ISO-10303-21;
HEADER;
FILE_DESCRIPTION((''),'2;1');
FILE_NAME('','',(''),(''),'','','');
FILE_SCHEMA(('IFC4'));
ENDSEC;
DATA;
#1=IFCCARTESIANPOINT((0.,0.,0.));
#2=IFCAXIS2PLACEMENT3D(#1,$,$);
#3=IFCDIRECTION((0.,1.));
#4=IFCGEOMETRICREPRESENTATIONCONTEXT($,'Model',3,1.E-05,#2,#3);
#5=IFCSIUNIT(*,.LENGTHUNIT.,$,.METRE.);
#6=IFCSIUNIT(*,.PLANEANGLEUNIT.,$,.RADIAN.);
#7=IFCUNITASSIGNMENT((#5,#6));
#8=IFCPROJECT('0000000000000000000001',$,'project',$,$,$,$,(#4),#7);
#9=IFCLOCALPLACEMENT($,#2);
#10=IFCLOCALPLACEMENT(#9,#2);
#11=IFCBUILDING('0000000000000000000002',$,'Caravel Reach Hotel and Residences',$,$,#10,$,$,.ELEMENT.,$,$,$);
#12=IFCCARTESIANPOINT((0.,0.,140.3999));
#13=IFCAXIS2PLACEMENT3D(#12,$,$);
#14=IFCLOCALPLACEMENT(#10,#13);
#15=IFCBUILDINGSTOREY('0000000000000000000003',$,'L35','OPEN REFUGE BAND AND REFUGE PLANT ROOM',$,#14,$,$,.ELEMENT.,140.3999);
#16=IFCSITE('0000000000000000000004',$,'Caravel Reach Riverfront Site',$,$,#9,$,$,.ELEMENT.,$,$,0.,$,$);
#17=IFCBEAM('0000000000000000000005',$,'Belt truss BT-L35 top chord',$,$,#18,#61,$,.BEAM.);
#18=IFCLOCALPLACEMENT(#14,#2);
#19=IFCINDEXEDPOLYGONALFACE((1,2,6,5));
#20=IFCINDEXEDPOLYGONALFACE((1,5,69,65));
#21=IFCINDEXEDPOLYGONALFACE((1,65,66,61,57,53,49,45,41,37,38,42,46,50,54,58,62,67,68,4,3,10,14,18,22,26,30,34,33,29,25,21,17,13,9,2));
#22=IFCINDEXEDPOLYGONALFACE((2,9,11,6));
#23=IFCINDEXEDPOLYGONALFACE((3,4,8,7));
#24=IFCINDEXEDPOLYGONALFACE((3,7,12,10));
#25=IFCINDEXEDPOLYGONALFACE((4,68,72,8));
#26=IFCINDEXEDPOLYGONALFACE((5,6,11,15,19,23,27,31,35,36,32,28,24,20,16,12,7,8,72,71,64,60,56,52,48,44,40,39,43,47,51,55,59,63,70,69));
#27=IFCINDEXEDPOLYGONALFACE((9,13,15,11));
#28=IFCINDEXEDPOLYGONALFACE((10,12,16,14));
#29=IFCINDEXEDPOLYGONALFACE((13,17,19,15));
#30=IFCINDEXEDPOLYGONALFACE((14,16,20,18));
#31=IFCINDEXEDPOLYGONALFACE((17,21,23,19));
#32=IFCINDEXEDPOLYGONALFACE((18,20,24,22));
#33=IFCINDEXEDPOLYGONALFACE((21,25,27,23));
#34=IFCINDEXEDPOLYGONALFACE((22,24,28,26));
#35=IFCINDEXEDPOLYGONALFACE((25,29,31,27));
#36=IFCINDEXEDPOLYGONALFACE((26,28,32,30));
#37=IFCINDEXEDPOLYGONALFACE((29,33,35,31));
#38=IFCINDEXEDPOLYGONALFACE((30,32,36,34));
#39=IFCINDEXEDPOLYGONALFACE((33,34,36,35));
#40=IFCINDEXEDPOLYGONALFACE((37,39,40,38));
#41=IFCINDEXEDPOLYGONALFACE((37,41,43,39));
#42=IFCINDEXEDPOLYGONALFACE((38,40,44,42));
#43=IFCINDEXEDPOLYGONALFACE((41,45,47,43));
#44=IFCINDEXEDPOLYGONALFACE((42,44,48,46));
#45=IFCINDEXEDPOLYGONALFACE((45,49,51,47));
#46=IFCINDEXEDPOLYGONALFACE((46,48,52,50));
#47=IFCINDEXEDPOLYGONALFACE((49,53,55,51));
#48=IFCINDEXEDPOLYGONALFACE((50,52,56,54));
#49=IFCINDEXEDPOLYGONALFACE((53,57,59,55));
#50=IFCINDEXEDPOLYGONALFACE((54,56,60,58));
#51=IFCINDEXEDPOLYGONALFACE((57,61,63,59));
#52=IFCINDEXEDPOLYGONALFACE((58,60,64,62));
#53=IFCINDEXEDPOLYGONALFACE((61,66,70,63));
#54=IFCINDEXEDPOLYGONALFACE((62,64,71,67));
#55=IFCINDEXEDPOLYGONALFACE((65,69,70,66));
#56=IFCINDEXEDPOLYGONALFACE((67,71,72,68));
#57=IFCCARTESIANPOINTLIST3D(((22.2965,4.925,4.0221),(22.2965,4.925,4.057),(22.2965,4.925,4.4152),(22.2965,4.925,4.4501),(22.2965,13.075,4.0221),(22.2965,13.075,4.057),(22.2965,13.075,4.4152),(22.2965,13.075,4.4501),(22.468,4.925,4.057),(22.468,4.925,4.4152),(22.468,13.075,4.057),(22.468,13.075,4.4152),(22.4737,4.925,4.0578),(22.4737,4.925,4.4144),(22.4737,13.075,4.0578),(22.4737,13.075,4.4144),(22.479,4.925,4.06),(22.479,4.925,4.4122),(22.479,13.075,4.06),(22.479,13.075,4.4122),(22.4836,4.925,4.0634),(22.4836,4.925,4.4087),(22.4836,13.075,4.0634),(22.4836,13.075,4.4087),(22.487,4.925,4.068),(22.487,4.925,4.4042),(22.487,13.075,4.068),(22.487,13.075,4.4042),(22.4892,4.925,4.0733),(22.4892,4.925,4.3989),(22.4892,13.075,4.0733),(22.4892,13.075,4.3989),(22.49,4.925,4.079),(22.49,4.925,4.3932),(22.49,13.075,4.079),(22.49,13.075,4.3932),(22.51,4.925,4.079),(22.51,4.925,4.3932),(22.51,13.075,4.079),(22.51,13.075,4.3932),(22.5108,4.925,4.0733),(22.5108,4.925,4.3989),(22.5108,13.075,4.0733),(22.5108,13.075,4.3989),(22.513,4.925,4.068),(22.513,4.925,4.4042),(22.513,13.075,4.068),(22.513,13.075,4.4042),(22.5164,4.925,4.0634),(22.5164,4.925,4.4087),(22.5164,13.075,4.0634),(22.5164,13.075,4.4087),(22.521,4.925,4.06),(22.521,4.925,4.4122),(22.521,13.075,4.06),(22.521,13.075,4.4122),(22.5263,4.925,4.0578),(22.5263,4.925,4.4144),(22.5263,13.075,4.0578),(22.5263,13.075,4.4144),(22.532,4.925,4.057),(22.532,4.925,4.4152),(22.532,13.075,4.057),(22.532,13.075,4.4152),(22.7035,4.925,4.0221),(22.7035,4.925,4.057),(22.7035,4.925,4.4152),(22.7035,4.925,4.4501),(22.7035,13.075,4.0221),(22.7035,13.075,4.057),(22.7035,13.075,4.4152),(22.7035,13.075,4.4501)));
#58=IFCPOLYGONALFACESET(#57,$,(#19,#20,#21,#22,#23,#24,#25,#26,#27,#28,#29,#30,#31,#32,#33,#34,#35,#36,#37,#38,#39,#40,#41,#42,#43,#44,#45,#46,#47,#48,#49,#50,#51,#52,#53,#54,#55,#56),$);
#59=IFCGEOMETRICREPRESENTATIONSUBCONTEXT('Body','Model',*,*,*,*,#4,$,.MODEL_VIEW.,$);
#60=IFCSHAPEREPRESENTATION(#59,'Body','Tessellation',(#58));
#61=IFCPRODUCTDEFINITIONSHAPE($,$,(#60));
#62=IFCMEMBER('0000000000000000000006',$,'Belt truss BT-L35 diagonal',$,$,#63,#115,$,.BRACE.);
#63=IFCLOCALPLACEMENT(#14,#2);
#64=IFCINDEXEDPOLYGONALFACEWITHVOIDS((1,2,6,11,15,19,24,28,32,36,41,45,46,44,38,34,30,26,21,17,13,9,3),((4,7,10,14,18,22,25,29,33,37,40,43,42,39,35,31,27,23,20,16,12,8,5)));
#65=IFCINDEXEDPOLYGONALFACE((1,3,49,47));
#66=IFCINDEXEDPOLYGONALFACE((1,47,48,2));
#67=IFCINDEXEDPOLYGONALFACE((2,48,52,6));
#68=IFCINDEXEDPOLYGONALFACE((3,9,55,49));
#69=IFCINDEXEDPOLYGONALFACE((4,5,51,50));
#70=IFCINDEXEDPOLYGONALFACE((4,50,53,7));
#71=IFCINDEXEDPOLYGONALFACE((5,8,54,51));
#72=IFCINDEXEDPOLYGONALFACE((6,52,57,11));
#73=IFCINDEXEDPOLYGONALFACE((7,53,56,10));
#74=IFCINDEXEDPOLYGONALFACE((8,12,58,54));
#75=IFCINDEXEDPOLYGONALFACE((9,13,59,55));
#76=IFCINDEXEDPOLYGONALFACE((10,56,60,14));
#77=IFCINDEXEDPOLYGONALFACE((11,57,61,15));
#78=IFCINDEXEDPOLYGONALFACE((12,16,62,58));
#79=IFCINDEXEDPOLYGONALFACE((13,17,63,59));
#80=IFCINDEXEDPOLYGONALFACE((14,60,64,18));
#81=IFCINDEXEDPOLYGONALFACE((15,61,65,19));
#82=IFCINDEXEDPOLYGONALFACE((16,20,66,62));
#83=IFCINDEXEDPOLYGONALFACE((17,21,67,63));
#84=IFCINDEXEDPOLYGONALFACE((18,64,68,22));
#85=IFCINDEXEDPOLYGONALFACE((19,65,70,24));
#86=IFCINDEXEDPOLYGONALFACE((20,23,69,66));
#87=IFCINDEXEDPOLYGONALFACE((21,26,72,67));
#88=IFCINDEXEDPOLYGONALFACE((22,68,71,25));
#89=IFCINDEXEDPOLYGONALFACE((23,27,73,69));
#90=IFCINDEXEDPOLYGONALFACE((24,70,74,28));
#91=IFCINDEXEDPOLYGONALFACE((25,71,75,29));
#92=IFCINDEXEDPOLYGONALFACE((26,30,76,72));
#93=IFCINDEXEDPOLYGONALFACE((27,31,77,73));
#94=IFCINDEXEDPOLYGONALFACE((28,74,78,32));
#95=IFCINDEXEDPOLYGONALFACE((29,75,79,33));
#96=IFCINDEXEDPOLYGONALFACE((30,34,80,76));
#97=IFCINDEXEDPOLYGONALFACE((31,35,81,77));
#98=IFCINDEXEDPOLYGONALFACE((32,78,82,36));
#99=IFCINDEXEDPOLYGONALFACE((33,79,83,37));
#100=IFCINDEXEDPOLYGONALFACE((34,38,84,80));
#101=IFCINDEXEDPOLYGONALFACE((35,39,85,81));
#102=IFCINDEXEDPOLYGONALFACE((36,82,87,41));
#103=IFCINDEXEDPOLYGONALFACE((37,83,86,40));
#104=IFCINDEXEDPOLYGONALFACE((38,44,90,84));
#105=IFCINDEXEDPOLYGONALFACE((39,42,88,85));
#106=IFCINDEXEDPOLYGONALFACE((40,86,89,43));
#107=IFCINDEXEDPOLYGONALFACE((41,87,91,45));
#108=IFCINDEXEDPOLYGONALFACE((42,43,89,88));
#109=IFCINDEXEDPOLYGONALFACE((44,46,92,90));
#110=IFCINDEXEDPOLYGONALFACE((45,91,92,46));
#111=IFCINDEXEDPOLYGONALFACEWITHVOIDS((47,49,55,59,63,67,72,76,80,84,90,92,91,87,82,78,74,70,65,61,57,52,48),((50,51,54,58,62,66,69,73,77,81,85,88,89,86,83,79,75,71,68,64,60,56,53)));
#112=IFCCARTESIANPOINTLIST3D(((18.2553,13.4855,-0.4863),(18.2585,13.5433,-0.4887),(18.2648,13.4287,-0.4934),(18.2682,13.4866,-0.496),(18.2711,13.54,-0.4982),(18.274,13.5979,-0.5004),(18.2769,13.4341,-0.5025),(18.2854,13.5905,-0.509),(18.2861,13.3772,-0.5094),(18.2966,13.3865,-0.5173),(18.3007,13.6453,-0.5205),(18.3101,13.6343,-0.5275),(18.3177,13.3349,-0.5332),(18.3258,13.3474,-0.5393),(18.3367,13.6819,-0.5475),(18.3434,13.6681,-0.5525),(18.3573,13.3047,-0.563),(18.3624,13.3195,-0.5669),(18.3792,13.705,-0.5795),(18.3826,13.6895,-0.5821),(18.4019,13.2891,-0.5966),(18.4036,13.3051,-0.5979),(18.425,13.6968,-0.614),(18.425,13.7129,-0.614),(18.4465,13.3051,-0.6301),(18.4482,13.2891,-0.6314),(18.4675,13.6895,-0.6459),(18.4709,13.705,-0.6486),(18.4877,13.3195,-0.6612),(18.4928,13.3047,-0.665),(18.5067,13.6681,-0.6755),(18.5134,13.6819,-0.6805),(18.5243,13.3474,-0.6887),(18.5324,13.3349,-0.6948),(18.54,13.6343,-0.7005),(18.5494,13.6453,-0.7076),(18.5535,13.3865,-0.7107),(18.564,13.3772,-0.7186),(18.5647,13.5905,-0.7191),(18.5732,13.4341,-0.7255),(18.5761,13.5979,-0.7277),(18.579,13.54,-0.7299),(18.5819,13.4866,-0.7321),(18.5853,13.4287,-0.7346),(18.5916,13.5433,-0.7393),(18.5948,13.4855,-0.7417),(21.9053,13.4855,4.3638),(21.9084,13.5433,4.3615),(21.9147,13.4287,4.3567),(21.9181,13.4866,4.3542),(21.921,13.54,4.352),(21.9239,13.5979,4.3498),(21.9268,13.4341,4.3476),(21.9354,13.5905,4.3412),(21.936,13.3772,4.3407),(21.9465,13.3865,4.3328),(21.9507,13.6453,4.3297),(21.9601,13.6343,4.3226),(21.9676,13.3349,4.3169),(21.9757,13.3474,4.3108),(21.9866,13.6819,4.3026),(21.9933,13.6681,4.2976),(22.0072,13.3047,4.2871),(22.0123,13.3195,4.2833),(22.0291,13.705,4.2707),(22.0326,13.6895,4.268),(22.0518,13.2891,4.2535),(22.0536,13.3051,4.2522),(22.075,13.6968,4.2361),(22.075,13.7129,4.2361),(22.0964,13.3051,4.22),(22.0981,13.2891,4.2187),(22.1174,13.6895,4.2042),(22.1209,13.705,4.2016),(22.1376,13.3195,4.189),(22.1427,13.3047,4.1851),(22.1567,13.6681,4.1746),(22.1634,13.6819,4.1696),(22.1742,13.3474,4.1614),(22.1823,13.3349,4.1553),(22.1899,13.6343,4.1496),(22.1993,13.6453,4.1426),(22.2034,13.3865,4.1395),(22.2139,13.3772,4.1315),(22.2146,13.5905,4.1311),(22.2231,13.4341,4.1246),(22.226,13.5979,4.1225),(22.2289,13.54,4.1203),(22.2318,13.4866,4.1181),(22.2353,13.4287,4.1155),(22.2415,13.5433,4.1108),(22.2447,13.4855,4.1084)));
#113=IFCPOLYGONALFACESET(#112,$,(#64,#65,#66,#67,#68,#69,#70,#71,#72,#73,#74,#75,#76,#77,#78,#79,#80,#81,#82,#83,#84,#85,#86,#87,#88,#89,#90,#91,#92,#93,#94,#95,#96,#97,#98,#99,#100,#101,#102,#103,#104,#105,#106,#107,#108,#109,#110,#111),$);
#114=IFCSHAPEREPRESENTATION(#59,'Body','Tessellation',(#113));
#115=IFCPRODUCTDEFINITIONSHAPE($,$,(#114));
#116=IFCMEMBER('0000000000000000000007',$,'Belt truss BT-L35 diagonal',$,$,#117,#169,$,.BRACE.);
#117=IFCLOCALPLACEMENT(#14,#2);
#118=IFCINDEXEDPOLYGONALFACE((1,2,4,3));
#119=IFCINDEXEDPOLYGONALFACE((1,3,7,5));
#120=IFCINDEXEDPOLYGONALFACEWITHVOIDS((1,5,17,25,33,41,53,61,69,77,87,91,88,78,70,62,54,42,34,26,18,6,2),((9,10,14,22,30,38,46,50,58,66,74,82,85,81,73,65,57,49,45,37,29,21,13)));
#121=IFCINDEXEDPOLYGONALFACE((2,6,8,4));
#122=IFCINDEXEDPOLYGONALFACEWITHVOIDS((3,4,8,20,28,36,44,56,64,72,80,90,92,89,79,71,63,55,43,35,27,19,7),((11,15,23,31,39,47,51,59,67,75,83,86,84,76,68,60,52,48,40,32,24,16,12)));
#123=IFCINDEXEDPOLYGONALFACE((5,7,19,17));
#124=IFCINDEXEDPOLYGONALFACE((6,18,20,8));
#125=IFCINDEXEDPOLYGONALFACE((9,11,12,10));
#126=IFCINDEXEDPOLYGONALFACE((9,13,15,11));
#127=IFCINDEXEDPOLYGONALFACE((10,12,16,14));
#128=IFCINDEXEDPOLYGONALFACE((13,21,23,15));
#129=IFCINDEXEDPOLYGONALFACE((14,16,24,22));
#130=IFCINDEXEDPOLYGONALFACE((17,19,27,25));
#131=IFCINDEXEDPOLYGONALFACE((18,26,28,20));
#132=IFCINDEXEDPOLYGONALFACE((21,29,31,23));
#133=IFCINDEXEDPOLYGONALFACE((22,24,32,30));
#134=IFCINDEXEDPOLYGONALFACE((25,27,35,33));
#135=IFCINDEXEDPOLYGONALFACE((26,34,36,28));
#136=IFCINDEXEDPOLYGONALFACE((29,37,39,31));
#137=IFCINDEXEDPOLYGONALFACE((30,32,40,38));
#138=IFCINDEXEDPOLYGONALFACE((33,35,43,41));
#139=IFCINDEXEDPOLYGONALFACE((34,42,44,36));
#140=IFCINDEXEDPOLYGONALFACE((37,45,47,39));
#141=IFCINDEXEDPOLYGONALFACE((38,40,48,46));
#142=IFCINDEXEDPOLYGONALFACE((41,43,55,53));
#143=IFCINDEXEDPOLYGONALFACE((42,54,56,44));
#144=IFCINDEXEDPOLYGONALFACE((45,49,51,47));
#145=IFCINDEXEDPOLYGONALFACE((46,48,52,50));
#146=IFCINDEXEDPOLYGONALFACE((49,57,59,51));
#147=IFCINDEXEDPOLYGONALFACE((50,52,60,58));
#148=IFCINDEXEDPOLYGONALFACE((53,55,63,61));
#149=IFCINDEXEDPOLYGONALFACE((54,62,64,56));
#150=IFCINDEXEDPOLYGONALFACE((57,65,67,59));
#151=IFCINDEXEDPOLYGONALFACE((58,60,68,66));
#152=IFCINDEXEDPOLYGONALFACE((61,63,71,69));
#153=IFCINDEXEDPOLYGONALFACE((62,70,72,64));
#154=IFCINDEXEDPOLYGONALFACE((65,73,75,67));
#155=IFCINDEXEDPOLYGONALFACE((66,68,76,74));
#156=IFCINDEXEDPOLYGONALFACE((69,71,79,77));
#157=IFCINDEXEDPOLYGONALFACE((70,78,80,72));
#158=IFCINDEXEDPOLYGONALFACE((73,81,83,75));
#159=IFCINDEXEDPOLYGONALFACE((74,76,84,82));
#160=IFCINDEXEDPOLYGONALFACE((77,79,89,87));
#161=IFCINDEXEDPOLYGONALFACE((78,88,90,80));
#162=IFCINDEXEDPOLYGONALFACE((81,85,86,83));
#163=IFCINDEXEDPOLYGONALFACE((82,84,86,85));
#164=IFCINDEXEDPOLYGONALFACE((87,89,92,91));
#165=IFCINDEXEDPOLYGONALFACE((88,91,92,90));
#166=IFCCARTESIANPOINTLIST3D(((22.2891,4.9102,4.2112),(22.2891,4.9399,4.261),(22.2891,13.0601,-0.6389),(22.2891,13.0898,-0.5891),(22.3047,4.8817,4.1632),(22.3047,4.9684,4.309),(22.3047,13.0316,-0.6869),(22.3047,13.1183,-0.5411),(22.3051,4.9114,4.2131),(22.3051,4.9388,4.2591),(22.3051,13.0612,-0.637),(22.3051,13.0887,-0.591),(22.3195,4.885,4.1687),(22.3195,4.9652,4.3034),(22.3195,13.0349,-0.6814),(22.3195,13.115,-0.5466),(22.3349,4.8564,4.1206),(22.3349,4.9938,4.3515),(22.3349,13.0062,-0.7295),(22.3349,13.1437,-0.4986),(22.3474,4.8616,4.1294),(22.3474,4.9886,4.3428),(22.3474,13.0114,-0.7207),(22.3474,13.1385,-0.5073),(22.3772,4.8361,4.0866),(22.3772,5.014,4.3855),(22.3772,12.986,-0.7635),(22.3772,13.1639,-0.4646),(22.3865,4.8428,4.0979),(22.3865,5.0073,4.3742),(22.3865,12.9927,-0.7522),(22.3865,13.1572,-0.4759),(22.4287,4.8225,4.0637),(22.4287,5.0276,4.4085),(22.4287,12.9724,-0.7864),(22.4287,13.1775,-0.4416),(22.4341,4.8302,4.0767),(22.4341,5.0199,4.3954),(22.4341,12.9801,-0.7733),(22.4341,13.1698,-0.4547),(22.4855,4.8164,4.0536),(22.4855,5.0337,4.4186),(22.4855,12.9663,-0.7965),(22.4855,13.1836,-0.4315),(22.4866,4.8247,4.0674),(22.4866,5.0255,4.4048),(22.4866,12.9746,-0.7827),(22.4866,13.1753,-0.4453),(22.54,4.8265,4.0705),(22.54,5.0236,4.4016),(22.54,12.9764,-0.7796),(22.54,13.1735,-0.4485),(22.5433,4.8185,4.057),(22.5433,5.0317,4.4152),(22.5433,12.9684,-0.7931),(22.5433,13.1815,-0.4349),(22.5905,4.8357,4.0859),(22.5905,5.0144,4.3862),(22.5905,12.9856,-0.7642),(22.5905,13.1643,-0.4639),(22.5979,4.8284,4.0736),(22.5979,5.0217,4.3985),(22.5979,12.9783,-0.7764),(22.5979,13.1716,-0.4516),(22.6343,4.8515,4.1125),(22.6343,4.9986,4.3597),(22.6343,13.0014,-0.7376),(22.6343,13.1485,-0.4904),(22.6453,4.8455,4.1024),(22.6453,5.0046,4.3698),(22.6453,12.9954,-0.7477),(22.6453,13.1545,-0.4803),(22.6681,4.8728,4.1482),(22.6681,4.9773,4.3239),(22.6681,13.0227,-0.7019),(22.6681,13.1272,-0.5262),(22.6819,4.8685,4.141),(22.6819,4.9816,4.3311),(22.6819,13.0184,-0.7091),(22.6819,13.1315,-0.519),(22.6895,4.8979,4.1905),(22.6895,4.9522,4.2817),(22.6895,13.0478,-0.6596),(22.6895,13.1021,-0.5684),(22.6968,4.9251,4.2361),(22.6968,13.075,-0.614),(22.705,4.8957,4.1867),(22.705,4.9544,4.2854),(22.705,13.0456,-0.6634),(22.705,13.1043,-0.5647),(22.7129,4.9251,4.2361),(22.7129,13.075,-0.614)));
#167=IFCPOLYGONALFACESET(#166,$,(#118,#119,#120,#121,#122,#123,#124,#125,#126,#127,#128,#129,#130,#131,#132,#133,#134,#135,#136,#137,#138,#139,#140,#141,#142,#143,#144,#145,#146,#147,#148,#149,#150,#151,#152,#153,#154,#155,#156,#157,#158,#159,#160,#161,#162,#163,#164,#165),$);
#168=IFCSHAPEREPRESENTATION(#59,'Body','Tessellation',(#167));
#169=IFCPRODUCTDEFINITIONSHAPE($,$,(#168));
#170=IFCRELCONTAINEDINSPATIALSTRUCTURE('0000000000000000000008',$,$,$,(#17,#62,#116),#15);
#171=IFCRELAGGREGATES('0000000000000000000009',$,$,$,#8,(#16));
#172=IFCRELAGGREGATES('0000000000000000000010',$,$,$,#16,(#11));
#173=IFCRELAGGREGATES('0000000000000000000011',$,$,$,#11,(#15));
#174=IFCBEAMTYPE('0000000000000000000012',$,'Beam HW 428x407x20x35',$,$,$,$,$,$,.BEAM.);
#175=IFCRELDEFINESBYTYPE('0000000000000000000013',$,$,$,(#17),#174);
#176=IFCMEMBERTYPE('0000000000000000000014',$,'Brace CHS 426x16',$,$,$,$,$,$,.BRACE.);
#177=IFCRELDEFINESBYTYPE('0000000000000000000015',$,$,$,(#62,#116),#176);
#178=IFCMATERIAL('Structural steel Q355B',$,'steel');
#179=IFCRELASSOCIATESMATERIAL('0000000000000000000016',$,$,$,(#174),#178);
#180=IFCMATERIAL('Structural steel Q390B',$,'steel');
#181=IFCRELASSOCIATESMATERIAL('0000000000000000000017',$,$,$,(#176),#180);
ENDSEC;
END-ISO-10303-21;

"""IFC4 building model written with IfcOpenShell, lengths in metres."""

from ifc_helpers import new_model, si_unit, direction, frame, origin, origin_2d, place, context, subcontext, project, spatial, hollow_circle, i_section, extrude, material, material_profile, profile_set, type_object, element, save


model = new_model("IFC4")

# Units and contexts
model_context = context("Model", 3, precision=1e-05, world=origin(), true_north=direction((0.0, 1.0)))
body_context = subcontext(model_context, "Body", "Model", "MODEL_VIEW")
ifc_project = project(units=[si_unit("LENGTHUNIT", "METRE"), si_unit("PLANEANGLEUNIT", "RADIAN")], contexts=[model_context])

# Site, building, storey
site_placement = place(None, origin())
site = spatial("IfcSite", under=ifc_project, at=site_placement, Name="Caravel Reach Riverfront Site", CompositionType="ELEMENT", RefElevation=0.0)
building_placement = place(site_placement, origin())
building = spatial("IfcBuilding", under=site, at=building_placement, Name="Caravel Reach Hotel and Residences", CompositionType="ELEMENT")
storey_placement = place(building_placement, frame((0.0, 0.0, 140.3999)))
storey = spatial("IfcBuildingStorey", under=building, at=storey_placement, Name="L35", Description="OPEN REFUGE BAND AND REFUGE PLANT ROOM", CompositionType="ELEMENT", Elevation=140.3999)

# Beam
ifc_material_1 = material(Name="Structural steel Q355B", Category="steel")
ifc_material_profile_1 = material_profile(ifc_material_1, i_section(OverallWidth=0.407, OverallDepth=0.428, WebThickness=0.02, FlangeThickness=0.0349, FilletRadius=0.022, at=origin_2d()), Name="HW 428x407x20x35")
ifc_profile_set_1 = profile_set([ifc_material_profile_1], Name="Structural steel Q355B")
beam_type_1 = type_object("IfcBeamType", Name="Beam HW 428x407x20x35", PredefinedType="BEAM", material=ifc_profile_set_1)
for number, where, z_axis, x_axis, name in (
    (1, (22.5, 13.075, 4.2361), (0.0, -1.0, 0.0), (1.0, 0.0, 0.0), "Belt truss BT-L35 top chord"),
):
    element("IfcBeam", number, at=place(storey_placement, frame(where, z_axis=z_axis, x_axis=x_axis)), inside=storey, type_object=beam_type_1, Name=name, PredefinedType="BEAM", context=body_context, shape_type="SweptSolid", body=[
        extrude(i_section(OverallWidth=0.407, OverallDepth=0.428, WebThickness=0.02, FlangeThickness=0.0349, FilletRadius=0.022, at=origin_2d()), origin(), (0.0, 0.0, 1.0), 8.1499),
    ])

# Members
ifc_material_2 = material(Name="Structural steel Q390B", Category="steel")
ifc_material_profile_2 = material_profile(ifc_material_2, hollow_circle(Radius=0.2129, WallThickness=0.0161, at=origin_2d()), Name="CHS 426x16")
ifc_profile_set_2 = profile_set([ifc_material_profile_2], Name="Structural steel Q390B")
member_type = type_object("IfcMemberType", Name="Brace CHS 426x16", PredefinedType="BRACE", material=ifc_profile_set_2)
member_1_placement = place(storey_placement, frame((18.425, 13.5, -0.614), z_axis=(0.601299, 0.0, 0.799024), x_axis=(0.0, 1.0, 0.0)))
element("IfcMember", 2, at=member_1_placement, inside=storey, type_object=member_type, Name="Belt truss BT-L35 diagonal", PredefinedType="BRACE", context=body_context, shape_type="SweptSolid", body=[
    extrude(hollow_circle(Radius=0.2129, WallThickness=0.0161, at=origin_2d()), origin(), (0.0, 0.0, 1.0), 6.0701),
])
member_2_placement = place(storey_placement, frame((22.5, 13.075, -0.614), z_axis=(0.0, -0.859341, 0.511403), x_axis=(1.0, 0.0, 0.0)))
element("IfcMember", 3, at=member_2_placement, inside=storey, type_object=member_type, Name="Belt truss BT-L35 diagonal", PredefinedType="BRACE", context=body_context, shape_type="SweptSolid", body=[
    extrude(hollow_circle(Radius=0.2129, WallThickness=0.0161, at=origin_2d()), origin(), (0.0, 0.0, 1.0), 9.4839),
])

save(model, "model.ifc")
